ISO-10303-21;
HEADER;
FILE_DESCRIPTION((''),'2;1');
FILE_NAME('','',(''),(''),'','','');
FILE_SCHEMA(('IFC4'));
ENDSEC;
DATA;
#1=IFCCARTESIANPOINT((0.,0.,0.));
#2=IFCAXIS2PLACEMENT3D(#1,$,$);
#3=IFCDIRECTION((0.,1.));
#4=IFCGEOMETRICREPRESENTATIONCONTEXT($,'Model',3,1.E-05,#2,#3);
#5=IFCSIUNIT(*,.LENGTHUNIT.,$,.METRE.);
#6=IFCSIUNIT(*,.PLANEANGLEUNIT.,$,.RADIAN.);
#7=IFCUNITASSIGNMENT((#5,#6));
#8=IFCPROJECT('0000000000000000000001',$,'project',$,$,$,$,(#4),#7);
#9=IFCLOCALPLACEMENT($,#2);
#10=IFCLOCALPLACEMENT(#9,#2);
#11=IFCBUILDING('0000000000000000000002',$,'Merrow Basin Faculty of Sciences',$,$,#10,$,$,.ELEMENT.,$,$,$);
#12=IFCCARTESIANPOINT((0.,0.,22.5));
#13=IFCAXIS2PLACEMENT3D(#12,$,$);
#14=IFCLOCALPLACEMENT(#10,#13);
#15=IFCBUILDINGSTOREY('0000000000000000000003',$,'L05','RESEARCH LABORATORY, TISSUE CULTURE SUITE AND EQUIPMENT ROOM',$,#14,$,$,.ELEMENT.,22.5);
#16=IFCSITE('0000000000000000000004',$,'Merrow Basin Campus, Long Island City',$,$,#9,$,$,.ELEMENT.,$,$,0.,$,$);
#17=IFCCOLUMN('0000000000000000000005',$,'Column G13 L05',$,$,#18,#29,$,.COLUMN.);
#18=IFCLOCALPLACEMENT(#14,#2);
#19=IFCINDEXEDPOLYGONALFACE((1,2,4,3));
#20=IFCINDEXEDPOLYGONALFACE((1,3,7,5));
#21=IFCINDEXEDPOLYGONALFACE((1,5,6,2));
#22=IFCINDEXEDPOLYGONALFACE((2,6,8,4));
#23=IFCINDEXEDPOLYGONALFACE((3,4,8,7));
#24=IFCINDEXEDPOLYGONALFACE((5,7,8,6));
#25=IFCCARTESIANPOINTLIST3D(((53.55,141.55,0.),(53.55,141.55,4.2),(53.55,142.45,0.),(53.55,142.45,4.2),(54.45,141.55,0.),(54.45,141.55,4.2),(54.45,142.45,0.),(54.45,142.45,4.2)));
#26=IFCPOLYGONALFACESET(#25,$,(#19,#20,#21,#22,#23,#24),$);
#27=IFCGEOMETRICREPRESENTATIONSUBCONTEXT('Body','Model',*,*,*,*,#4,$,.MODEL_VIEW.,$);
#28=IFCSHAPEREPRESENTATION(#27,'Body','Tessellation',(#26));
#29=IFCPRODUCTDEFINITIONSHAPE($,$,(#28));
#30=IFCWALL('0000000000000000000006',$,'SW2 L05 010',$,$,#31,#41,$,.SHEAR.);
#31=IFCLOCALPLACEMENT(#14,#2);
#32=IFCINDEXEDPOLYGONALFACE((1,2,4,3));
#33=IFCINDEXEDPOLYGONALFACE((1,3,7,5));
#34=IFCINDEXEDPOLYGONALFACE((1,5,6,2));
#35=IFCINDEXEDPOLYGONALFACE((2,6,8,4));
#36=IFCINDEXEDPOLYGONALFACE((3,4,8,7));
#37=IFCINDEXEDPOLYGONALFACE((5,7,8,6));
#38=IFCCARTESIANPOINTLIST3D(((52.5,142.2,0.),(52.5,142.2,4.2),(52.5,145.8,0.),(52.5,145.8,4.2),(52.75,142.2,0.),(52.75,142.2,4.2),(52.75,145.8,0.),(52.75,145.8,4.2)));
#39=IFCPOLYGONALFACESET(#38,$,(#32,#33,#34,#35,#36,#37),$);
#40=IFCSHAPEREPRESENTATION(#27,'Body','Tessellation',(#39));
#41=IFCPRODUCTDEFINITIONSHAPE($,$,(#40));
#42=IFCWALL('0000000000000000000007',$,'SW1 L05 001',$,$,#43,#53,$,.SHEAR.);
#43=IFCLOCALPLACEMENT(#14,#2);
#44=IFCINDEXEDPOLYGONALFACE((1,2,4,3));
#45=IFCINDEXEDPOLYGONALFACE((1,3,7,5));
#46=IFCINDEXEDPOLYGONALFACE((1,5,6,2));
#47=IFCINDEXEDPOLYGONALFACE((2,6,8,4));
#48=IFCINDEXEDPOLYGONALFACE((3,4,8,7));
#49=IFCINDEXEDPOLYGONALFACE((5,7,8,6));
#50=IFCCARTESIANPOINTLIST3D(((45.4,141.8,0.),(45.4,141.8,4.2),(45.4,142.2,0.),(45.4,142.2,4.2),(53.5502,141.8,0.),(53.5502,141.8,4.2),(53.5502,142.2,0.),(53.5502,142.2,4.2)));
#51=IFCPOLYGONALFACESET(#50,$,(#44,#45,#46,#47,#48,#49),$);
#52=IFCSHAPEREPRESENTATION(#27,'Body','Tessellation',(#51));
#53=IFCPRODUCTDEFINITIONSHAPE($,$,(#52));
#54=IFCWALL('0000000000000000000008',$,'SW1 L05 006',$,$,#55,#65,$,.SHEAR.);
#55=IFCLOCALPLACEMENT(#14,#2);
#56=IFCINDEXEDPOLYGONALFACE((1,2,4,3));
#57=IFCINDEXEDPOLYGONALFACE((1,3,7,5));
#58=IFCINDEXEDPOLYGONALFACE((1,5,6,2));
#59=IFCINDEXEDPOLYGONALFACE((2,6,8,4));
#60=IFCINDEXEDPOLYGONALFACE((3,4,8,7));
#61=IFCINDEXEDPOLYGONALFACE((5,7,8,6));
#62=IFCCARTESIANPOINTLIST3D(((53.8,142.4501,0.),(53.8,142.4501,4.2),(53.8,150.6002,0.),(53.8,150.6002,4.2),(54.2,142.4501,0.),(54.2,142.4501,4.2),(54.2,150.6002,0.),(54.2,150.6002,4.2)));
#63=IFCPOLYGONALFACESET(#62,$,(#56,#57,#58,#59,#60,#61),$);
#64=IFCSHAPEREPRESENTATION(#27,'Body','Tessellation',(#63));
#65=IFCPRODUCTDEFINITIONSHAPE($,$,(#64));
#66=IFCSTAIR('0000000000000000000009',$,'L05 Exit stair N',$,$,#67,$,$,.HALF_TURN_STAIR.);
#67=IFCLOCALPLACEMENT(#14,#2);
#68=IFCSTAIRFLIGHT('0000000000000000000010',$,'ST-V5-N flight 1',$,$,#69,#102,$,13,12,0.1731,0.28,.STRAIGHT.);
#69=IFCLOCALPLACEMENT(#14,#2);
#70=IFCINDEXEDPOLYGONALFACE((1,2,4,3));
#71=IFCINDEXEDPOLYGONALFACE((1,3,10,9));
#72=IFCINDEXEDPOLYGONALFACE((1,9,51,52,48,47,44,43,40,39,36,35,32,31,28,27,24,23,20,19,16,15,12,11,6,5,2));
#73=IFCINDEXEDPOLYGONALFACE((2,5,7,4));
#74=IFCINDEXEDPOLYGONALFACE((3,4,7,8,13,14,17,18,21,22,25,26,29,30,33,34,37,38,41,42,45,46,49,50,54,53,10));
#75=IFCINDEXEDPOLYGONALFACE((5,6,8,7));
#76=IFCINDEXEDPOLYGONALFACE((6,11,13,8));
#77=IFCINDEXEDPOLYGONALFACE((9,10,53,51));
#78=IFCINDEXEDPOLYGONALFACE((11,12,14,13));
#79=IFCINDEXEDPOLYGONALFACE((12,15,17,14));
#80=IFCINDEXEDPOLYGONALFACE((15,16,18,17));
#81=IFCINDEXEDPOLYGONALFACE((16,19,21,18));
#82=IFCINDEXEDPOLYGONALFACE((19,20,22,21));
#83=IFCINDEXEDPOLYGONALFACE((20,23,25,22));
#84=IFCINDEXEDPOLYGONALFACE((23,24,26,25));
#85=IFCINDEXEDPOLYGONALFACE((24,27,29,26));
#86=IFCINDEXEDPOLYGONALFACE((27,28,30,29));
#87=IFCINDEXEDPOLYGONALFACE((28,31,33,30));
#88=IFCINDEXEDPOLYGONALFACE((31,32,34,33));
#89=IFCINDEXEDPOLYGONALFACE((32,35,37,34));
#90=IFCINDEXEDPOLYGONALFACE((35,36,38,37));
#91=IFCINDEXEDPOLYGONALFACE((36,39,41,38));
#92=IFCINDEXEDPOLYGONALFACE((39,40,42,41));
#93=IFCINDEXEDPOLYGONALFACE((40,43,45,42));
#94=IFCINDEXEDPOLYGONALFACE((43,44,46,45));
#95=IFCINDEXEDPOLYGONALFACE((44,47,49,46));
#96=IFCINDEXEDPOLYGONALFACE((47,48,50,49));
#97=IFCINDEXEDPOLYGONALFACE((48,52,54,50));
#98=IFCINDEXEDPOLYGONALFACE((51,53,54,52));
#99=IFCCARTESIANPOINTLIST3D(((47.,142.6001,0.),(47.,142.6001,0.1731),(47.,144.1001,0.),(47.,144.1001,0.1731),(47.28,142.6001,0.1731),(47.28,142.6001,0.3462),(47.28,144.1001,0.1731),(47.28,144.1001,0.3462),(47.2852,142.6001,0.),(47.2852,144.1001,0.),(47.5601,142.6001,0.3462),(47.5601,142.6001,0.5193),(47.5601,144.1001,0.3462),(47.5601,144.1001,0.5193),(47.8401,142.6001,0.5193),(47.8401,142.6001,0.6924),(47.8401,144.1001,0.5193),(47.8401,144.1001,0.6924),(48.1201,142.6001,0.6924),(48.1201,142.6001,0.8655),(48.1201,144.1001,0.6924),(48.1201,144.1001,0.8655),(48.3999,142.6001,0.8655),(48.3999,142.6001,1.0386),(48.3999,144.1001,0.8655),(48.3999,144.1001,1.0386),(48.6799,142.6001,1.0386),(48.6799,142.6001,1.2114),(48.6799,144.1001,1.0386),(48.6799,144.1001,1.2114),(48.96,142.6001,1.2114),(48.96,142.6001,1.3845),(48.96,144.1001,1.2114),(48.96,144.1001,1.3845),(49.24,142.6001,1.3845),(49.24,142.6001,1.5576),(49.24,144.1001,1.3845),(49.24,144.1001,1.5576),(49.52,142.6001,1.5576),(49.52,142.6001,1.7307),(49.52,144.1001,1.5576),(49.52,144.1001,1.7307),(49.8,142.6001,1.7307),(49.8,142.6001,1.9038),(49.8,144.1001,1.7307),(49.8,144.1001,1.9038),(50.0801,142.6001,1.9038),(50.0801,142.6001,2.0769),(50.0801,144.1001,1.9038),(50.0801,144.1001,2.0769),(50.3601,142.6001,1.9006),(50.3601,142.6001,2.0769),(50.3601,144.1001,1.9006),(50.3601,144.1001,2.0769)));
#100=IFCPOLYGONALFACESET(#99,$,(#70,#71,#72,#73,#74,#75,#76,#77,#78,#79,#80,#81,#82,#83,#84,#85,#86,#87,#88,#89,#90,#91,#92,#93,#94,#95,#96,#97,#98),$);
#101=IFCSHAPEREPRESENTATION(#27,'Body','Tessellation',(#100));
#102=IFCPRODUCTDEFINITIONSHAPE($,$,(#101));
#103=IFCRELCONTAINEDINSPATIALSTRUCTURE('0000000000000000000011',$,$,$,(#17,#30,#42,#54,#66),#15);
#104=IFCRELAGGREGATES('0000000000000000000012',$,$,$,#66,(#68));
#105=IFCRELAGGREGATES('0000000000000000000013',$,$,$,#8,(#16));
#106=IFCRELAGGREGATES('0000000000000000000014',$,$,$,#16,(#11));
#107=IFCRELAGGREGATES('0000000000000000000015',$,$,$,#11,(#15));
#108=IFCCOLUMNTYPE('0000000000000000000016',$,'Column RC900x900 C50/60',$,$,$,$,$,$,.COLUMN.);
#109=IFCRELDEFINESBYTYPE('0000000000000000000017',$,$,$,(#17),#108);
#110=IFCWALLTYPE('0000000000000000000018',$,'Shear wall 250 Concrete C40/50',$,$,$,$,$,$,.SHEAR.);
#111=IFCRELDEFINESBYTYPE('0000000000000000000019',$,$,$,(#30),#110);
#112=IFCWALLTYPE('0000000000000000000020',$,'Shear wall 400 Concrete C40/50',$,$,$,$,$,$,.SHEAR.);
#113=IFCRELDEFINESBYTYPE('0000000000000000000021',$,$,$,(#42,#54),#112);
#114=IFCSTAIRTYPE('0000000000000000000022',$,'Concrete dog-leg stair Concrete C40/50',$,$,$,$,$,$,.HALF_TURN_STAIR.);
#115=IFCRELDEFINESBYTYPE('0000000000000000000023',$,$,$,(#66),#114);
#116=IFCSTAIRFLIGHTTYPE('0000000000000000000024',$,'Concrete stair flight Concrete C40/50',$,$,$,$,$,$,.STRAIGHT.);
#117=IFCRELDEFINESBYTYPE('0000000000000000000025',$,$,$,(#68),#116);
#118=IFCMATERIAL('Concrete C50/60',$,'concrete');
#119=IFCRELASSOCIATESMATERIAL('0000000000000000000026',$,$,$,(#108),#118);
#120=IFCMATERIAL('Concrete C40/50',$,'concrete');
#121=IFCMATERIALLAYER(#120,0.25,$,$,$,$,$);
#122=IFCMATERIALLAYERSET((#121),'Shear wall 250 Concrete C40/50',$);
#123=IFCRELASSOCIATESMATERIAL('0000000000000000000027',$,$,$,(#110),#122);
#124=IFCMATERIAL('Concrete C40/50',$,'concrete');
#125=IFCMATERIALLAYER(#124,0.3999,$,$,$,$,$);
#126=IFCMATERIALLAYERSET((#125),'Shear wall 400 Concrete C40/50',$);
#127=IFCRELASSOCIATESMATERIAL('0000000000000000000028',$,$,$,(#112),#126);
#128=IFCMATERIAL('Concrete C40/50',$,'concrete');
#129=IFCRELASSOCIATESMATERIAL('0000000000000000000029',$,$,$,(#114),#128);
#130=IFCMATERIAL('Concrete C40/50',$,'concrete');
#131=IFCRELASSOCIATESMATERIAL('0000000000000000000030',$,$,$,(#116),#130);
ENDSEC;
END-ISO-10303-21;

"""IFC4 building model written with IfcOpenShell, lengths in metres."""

from ifc_helpers import new_model, si_unit, direction, frame, frame_2d, origin, origin_2d, place, context, subcontext, project, spatial, polyline, rectangle, outline, extrude, material, layer, layer_set, material_profile, profile_set, type_object, element, aggregate, save


model = new_model("IFC4")

# Units and contexts
model_context = context("Model", 3, precision=1e-05, world=origin(), true_north=direction((0.0, 1.0)))
body_context = subcontext(model_context, "Body", "Model", "MODEL_VIEW")
ifc_project = project(units=[si_unit("LENGTHUNIT", "METRE"), si_unit("PLANEANGLEUNIT", "RADIAN")], contexts=[model_context])

# Site, building, storey
site_placement = place(None, origin())
site = spatial("IfcSite", under=ifc_project, at=site_placement, Name="Merrow Basin Campus, Long Island City", CompositionType="ELEMENT", RefElevation=0.0)
building_placement = place(site_placement, origin())
building = spatial("IfcBuilding", under=site, at=building_placement, Name="Merrow Basin Faculty of Sciences", CompositionType="ELEMENT")
storey_placement = place(building_placement, frame((0.0, 0.0, 22.5)))
storey = spatial("IfcBuildingStorey", under=building, at=storey_placement, Name="L05", Description="RESEARCH LABORATORY, TISSUE CULTURE SUITE AND EQUIPMENT ROOM", CompositionType="ELEMENT", Elevation=22.5)

# Column
ifc_material_1 = material(Name="Concrete C50/60", Category="concrete")
ifc_material_profile = material_profile(ifc_material_1, rectangle(XDim=0.8999, YDim=0.8999, at=origin_2d()))
ifc_profile_set = profile_set([ifc_material_profile], Name="Concrete C50/60")
column_type = type_object("IfcColumnType", Name="Column RC900x900 C50/60", PredefinedType="COLUMN", material=ifc_profile_set)
column_placement = place(storey_placement, frame((54.0, 142.0, 0.0), z_axis=(0.0, 0.0, 1.0), x_axis=(1.0, 0.0, 0.0)))
element("IfcColumn", 1, at=column_placement, inside=storey, type_object=column_type, Name="Column G13 L05", PredefinedType="COLUMN", context=body_context, shape_type="SweptSolid", body=[
    extrude(rectangle(XDim=0.8999, YDim=0.8999, at=origin_2d()), origin(), (0.0, 0.0, 1.0), 4.2),
])

# Walls
ifc_material_2 = material(Name="Concrete C40/50", Category="concrete")
ifc_layer_1 = layer(ifc_material_2, 0.25)
ifc_layer_set_1 = layer_set([ifc_layer_1], Name="Shear wall 250 Concrete C40/50")
wall_type_1 = type_object("IfcWallType", Name="Shear wall 250 Concrete C40/50", PredefinedType="SHEAR", material=ifc_layer_set_1)
wall_placement = place(storey_placement, frame((52.625, 142.2, 0.0), z_axis=(0.0, 0.0, 1.0), x_axis=(0.0, 1.0, 0.0)))
element("IfcWall", 2, at=wall_placement, inside=storey, type_object=wall_type_1, Name="SW2 L05 010", PredefinedType="SHEAR", context=body_context, shape_type="SweptSolid", body=[
    extrude(rectangle(XDim=3.6001, YDim=0.25, at=frame_2d((1.8, 0.0))), origin(), (0.0, 0.0, 1.0), 4.2),
])
ifc_material_3 = material(Name="Concrete C40/50", Category="concrete")
ifc_layer_2 = layer(ifc_material_3, 0.3999)
ifc_layer_set_2 = layer_set([ifc_layer_2], Name="Shear wall 400 Concrete C40/50")
wall_type_2 = type_object("IfcWallType", Name="Shear wall 400 Concrete C40/50", PredefinedType="SHEAR", material=ifc_layer_set_2)
for number, where, z_axis, x_axis, name in (
    (3, (45.3999, 142.0, 0.0), (0.0, 0.0, 1.0), (1.0, 0.0, 0.0), "SW1 L05 001"),
    (4, (54.0, 142.45, 0.0), (0.0, 0.0, 1.0), (0.0, 1.0, 0.0), "SW1 L05 006"),
):
    element("IfcWall", number, at=place(storey_placement, frame(where, z_axis=z_axis, x_axis=x_axis)), inside=storey, type_object=wall_type_2, Name=name, PredefinedType="SHEAR", context=body_context, shape_type="SweptSolid", body=[
        extrude(rectangle(XDim=8.1501, YDim=0.3999, at=frame_2d((4.0752, 0.0))), origin(), (0.0, 0.0, 1.0), 4.2),
    ])

# Stair, stair flight
ifc_material_4 = material(Name="Concrete C40/50", Category="concrete")
stair_type = type_object("IfcStairType", Name="Concrete dog-leg stair Concrete C40/50", PredefinedType="HALF_TURN_STAIR", material=ifc_material_4)
stair_placement = place(storey_placement, origin())
stair = element("IfcStair", 5, at=stair_placement, inside=storey, type_object=stair_type, Name="L05 Exit stair N", PredefinedType="HALF_TURN_STAIR")
ifc_material_5 = material(Name="Concrete C40/50", Category="concrete")
stair_flight_type = type_object("IfcStairFlightType", Name="Concrete stair flight Concrete C40/50", PredefinedType="STRAIGHT", material=ifc_material_5)
stair_flight_placement = place(storey_placement, frame((47.0, 143.3501, 0.0), z_axis=(0.0, 0.0, 1.0), x_axis=(1.0, 0.0, 0.0)))
stair_flight = element("IfcStairFlight", 6, at=stair_flight_placement, type_object=stair_flight_type, Name="ST-V5-N flight 1", NumberOfRisers=13, NumberOfTreads=12, PredefinedType="STRAIGHT", RiserHeight=0.1731, TreadLength=0.28, context=body_context, shape_type="SweptSolid", body=[
    extrude(outline(polyline([(0.0, 0.0), (0.0, 0.1731), (0.28, 0.1731), (0.28, 0.3462), (0.5601, 0.3462), (0.5601, 0.5193), (0.8401, 0.5193), (0.8401, 0.6924), (1.1201, 0.6924), (1.1201, 0.8655), (1.3999, 0.8655), (1.3999, 1.0386), (1.6799, 1.0386), (1.6799, 1.2114), (1.96, 1.2114), (1.96, 1.3845), (2.24, 1.3845), (2.24, 1.5576), (2.52, 1.5576), (2.52, 1.7307), (2.8, 1.7307), (2.8, 1.9038), (3.0801, 1.9038), (3.0801, 2.0769), (3.3601, 2.0769), (3.3601, 2.25), (3.3601, 1.9006), (0.2852, 0.0), (0.0, 0.0)])), frame((0.0, 0.75, 0.0), z_axis=(0.0, -1.0, 0.0), x_axis=(1.0, 0.0, 0.0)), (0.0, 0.0, 1.0), 1.5),
])
aggregate(stair, [stair_flight])

save(model, "model.ifc")
